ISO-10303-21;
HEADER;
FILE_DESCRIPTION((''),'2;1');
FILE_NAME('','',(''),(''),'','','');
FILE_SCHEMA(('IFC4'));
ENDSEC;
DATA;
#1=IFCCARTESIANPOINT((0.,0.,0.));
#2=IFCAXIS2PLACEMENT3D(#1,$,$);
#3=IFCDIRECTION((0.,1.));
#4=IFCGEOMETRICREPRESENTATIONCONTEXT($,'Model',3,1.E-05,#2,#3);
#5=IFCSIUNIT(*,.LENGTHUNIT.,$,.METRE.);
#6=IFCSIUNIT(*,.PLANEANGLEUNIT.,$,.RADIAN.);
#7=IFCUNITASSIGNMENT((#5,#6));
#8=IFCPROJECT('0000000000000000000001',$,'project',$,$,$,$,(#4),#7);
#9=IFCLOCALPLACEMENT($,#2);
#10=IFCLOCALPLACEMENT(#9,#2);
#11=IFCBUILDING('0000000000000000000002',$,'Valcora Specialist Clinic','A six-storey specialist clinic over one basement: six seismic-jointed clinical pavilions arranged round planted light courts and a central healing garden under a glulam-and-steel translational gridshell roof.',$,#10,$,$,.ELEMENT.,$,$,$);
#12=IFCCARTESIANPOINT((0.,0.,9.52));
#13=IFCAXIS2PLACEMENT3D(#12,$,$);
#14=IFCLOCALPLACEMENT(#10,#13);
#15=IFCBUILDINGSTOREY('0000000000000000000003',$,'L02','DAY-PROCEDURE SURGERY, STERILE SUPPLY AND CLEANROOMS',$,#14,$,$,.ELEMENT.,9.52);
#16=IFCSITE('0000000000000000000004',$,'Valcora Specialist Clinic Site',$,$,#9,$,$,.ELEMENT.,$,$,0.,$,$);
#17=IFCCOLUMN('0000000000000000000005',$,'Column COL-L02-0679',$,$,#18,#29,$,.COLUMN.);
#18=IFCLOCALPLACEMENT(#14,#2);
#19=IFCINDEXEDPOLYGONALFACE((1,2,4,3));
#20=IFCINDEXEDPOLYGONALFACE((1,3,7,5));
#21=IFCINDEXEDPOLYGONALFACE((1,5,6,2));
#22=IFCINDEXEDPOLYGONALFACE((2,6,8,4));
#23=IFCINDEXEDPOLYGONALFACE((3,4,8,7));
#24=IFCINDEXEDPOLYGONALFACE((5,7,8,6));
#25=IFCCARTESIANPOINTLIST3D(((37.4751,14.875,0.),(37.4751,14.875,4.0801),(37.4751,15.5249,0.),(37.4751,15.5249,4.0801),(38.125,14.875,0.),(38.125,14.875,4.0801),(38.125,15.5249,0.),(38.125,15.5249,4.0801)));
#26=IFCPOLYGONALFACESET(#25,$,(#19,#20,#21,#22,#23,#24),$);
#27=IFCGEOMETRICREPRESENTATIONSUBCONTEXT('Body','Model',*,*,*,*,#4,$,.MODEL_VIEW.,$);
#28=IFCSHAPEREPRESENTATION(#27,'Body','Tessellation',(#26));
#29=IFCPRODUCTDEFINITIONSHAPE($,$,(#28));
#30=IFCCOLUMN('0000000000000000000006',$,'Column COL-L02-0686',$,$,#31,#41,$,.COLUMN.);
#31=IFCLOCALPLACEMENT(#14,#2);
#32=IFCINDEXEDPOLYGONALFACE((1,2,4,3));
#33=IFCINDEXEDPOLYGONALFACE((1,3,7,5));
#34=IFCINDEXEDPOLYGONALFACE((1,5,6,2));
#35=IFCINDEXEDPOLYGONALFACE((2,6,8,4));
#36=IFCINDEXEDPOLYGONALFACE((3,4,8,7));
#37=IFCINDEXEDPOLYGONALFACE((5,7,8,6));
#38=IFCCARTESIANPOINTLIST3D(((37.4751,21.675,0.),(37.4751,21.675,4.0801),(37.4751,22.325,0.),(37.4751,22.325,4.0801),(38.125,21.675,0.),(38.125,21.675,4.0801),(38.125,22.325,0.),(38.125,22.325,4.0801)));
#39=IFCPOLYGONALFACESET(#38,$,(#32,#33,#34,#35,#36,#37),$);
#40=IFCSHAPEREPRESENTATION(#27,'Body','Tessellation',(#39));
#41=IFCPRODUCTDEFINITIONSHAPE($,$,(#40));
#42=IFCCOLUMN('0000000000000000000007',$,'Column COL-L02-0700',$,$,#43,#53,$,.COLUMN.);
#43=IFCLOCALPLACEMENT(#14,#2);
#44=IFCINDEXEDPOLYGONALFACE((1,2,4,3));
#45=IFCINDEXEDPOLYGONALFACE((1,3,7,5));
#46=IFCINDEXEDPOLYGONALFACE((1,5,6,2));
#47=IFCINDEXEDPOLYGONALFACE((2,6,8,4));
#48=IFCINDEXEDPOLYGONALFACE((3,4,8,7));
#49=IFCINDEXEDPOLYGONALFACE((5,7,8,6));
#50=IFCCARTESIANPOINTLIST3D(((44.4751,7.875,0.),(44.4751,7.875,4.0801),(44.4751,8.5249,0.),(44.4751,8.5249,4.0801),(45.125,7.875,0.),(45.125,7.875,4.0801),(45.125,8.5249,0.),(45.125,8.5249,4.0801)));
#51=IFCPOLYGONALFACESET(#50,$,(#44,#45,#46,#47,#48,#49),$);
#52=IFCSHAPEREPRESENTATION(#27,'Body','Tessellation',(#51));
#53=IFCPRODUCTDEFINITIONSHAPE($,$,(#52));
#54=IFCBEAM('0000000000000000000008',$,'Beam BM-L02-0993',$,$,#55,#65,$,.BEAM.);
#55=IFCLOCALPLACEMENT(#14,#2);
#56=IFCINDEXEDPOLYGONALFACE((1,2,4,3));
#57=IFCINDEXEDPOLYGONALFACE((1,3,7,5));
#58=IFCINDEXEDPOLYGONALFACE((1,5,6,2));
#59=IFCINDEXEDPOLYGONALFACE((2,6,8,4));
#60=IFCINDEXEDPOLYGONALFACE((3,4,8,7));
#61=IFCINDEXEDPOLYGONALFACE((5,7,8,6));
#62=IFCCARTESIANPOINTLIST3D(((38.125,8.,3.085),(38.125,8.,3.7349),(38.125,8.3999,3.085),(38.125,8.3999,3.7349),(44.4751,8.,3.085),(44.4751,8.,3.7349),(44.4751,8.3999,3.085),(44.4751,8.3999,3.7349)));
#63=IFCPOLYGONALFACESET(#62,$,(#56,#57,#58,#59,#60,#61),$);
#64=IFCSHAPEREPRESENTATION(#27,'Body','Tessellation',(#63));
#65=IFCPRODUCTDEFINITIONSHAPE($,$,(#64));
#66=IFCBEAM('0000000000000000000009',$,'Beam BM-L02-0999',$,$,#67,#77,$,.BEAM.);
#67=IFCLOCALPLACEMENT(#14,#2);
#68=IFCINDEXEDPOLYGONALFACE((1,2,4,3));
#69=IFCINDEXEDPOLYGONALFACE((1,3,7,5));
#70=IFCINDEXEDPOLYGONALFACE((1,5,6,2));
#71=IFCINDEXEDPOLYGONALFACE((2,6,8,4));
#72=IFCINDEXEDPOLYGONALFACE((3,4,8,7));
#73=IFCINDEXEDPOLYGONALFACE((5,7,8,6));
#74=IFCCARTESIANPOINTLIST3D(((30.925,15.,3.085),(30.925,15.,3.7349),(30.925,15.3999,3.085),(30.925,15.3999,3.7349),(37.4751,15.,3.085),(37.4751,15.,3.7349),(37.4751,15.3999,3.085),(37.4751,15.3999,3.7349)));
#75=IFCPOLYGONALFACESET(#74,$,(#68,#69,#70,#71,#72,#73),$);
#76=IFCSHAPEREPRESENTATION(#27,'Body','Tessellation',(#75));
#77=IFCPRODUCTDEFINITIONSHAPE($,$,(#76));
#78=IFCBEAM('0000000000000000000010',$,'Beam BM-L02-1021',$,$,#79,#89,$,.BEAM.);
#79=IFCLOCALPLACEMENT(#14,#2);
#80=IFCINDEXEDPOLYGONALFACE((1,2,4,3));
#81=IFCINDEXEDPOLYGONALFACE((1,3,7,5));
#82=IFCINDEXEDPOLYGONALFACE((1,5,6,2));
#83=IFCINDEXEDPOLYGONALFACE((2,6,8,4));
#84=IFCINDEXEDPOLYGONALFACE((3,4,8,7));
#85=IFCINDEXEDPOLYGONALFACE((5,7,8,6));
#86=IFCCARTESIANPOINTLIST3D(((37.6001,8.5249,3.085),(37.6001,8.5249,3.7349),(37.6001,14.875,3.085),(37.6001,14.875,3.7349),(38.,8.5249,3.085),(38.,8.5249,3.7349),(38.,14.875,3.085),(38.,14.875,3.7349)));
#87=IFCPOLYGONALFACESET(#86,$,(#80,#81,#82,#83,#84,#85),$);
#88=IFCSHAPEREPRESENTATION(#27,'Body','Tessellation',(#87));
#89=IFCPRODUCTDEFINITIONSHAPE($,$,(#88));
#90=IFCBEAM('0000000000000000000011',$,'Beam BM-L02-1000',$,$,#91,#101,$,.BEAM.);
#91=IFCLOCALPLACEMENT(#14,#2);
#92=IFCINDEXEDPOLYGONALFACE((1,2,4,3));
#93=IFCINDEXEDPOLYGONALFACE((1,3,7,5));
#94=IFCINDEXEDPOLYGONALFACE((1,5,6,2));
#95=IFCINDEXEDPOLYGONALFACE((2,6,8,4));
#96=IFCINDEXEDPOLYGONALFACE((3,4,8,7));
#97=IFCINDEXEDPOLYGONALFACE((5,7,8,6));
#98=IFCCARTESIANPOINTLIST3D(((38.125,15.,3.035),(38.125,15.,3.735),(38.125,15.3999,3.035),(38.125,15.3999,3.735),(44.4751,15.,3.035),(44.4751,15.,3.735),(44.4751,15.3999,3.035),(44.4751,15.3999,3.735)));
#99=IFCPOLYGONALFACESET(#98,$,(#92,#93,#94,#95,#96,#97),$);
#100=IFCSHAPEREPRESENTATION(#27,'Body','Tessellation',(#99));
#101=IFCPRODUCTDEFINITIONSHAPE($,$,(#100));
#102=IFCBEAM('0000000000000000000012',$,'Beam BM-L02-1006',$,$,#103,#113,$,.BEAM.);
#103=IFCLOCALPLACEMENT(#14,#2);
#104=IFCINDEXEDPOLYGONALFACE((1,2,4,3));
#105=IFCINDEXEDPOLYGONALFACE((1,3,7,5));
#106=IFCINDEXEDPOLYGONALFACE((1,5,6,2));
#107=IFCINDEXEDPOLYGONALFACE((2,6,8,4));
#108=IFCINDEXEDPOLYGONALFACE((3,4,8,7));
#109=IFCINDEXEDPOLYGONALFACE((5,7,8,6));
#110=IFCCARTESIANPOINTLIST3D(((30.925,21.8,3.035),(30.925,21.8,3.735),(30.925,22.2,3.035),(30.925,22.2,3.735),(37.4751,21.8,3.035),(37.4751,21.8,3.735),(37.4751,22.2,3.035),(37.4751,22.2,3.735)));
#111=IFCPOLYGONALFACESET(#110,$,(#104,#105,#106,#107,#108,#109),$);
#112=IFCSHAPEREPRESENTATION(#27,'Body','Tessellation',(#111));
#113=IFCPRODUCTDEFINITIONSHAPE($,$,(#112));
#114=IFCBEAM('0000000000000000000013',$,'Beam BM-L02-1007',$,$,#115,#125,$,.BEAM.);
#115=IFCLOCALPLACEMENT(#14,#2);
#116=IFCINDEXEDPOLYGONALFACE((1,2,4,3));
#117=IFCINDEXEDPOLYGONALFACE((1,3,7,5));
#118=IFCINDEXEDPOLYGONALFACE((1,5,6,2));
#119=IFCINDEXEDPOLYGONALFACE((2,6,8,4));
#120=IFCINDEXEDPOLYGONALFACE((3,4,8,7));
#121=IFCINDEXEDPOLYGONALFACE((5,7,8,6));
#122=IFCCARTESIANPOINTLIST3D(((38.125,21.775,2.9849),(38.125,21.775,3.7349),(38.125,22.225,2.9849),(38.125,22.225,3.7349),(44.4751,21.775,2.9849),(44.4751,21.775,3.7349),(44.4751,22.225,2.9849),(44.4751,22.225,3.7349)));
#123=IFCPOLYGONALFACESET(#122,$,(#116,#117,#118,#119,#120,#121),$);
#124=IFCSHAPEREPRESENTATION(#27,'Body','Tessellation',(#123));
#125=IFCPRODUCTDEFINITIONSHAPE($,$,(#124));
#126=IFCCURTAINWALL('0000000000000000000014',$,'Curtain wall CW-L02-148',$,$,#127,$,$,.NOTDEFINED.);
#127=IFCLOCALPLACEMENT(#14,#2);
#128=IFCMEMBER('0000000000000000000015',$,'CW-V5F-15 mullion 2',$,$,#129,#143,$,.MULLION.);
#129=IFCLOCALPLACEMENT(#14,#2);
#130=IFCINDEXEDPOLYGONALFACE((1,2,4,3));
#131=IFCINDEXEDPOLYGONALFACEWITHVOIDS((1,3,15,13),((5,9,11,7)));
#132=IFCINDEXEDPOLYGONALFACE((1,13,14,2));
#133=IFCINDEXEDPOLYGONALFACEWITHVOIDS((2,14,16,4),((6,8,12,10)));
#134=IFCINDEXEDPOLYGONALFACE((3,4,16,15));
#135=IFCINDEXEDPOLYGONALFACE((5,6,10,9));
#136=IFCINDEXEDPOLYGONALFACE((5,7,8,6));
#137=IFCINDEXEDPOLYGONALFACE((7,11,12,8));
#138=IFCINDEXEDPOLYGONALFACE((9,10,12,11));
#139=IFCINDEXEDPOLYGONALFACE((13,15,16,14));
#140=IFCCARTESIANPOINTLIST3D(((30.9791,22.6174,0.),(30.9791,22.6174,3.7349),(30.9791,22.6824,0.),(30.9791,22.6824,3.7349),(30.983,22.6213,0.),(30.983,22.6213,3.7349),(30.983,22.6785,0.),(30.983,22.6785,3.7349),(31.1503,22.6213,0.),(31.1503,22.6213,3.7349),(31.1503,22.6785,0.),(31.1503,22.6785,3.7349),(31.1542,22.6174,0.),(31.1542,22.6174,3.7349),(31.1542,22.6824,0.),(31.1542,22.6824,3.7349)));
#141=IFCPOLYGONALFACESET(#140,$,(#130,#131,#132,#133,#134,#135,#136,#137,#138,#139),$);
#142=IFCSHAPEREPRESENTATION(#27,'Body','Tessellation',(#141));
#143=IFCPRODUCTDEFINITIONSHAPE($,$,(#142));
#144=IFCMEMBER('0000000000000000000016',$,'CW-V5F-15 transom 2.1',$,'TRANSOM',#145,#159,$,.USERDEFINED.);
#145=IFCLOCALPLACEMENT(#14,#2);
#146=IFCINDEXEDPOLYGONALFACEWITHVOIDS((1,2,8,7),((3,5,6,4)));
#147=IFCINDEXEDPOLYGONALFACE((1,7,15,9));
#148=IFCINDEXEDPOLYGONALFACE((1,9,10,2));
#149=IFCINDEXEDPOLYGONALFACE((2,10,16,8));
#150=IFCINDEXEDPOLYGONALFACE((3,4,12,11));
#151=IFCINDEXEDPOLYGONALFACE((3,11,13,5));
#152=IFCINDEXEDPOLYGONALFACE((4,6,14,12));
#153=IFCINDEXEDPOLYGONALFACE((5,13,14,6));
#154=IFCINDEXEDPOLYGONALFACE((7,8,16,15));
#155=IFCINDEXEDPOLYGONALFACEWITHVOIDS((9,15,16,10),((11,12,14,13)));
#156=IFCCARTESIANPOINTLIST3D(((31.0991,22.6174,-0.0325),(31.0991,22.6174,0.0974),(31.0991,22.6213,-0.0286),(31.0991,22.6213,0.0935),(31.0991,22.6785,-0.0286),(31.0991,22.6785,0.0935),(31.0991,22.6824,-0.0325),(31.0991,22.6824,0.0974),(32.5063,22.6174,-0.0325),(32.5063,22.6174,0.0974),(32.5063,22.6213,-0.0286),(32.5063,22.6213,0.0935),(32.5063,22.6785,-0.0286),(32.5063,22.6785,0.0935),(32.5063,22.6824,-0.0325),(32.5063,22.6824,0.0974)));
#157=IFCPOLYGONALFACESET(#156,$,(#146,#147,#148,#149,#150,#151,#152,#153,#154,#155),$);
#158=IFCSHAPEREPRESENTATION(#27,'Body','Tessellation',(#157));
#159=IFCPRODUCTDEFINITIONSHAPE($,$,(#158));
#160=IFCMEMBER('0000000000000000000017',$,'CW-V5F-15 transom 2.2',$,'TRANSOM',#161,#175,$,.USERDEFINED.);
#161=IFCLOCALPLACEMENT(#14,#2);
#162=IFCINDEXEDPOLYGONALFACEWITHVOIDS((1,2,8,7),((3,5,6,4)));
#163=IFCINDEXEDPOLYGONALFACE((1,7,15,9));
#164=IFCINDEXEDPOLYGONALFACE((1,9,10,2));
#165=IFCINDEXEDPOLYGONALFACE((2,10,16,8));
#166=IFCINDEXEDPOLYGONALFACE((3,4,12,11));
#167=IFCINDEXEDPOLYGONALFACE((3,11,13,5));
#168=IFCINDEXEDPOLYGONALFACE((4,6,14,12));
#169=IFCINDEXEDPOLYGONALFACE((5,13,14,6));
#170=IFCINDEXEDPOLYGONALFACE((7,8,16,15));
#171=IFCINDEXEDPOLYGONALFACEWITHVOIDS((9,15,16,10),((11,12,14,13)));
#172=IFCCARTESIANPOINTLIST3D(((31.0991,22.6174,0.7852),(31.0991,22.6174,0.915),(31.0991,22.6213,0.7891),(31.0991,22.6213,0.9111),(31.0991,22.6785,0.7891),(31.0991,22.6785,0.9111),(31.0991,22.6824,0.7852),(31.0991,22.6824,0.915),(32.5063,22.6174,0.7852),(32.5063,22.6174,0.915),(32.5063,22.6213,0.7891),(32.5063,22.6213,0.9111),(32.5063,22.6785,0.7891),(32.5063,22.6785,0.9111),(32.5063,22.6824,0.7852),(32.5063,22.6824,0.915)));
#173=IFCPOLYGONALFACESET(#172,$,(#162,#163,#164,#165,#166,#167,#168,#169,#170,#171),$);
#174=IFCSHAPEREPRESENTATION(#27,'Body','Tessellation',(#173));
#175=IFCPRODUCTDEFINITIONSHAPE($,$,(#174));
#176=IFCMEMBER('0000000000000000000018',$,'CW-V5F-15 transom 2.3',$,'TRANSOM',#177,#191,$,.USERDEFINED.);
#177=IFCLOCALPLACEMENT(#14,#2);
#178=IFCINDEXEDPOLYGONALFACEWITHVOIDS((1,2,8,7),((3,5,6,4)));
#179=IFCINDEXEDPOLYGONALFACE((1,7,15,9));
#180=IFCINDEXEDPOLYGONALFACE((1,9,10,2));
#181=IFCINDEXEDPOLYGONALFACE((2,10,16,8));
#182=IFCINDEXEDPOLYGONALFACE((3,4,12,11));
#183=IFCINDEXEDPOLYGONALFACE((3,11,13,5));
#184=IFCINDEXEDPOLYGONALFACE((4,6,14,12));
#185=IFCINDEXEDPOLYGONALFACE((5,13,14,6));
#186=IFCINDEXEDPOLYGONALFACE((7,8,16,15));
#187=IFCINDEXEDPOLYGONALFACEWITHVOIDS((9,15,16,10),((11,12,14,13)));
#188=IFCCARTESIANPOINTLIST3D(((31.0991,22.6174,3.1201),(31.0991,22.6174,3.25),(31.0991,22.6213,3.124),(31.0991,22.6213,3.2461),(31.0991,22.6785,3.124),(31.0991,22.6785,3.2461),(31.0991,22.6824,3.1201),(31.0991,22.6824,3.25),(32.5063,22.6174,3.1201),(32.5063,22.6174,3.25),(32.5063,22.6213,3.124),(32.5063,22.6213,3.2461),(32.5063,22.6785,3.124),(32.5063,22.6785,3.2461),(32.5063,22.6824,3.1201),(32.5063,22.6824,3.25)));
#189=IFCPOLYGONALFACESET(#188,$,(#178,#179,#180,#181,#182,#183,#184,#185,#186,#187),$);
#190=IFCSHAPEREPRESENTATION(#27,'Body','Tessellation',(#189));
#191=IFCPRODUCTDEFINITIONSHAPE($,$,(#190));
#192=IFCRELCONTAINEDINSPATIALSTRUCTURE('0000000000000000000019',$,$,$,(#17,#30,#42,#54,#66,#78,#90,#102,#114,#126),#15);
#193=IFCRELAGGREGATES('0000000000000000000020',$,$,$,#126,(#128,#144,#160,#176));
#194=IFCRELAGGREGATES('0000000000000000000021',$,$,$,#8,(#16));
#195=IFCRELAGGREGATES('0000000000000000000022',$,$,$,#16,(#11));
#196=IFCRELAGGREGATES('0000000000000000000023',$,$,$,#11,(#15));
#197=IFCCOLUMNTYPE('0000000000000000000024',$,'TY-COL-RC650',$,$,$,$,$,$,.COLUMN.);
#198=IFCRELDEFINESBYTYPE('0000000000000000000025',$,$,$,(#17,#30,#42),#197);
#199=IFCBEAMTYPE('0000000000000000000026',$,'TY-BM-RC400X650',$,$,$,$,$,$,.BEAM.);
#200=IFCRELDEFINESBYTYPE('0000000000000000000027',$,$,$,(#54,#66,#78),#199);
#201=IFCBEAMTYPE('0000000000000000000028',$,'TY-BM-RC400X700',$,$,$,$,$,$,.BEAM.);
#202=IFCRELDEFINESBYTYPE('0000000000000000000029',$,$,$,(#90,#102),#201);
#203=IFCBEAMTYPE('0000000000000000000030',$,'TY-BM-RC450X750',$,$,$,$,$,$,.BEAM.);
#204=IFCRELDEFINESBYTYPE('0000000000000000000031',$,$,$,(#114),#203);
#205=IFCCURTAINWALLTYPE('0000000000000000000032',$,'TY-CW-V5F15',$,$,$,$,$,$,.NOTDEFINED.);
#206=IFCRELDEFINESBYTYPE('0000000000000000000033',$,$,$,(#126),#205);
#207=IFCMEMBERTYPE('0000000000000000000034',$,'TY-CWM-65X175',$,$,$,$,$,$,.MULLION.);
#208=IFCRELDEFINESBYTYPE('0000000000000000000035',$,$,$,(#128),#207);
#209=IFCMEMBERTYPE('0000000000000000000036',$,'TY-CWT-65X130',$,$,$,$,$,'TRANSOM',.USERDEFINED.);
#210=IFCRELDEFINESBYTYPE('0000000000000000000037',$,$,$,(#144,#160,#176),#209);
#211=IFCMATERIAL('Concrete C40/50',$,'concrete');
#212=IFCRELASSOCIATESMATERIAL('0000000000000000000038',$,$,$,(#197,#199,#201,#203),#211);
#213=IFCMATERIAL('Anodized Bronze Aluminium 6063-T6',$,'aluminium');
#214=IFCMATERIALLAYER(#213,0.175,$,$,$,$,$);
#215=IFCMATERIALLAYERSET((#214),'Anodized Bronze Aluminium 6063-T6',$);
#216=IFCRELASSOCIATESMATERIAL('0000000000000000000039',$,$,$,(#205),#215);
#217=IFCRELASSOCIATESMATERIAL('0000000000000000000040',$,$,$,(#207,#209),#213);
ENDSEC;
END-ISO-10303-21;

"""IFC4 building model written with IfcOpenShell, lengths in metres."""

from ifc_helpers import new_model, si_unit, direction, frame, origin, origin_2d, place, context, subcontext, project, spatial, rectangle, hollow_rectangle, extrude, material, layer, layer_set, material_profile, profile_set, type_object, element, aggregate, save


model = new_model("IFC4")

# Units and contexts
model_context = context("Model", 3, precision=1e-05, world=origin(), true_north=direction((0.0, 1.0)))
body_context = subcontext(model_context, "Body", "Model", "MODEL_VIEW")
ifc_project = project(units=[si_unit("LENGTHUNIT", "METRE"), si_unit("PLANEANGLEUNIT", "RADIAN")], contexts=[model_context])

# Site, building, storey
site_placement = place(None, origin())
site = spatial("IfcSite", under=ifc_project, at=site_placement, Name="Valcora Specialist Clinic Site", CompositionType="ELEMENT", RefElevation=0.0)
building_placement = place(site_placement, origin())
building = spatial("IfcBuilding", under=site, at=building_placement, Name="Valcora Specialist Clinic", Description="A six-storey specialist clinic over one basement: six seismic-jointed clinical pavilions arranged round planted light courts and a central healing garden under a glulam-and-steel translational gridshell roof.", CompositionType="ELEMENT")
storey_placement = place(building_placement, frame((0.0, 0.0, 9.52)))
storey = spatial("IfcBuildingStorey", under=building, at=storey_placement, Name="L02", Description="DAY-PROCEDURE SURGERY, STERILE SUPPLY AND CLEANROOMS", CompositionType="ELEMENT", Elevation=9.52)

# Columns
ifc_material_1 = material(Name="Concrete C40/50", Category="concrete")
ifc_material_profile_1 = material_profile(ifc_material_1, rectangle(XDim=0.6499, YDim=0.6499, at=origin_2d()), Name="RC-COL-650X650")
ifc_profile_set_1 = profile_set([ifc_material_profile_1], Name="Concrete C40/50")
column_type = type_object("IfcColumnType", Name="TY-COL-RC650", PredefinedType="COLUMN", material=ifc_profile_set_1)
for number, where, z_axis, x_axis, name in (
    (1, (37.8, 15.2, 0.0), (0.0, 0.0, 1.0), (1.0, 0.0, 0.0), "Column COL-L02-0679"),
    (2, (37.8, 22.0, 0.0), (0.0, 0.0, 1.0), (1.0, 0.0, 0.0), "Column COL-L02-0686"),
    (3, (44.8, 8.2, 0.0), (0.0, 0.0, 1.0), (1.0, 0.0, 0.0), "Column COL-L02-0700"),
):
    element("IfcColumn", number, at=place(storey_placement, frame(where, z_axis=z_axis, x_axis=x_axis)), inside=storey, type_object=column_type, Name=name, PredefinedType="COLUMN", context=body_context, shape_type="SweptSolid", body=[
        extrude(rectangle(XDim=0.6499, YDim=0.6499, at=origin_2d()), origin(), (0.0, 0.0, 1.0), 4.0801),
    ])

# Beams
ifc_material_profile_2 = material_profile(ifc_material_1, rectangle(XDim=0.3999, YDim=0.6499, at=origin_2d()), Name="RC-BM-400X650")
ifc_profile_set_2 = profile_set([ifc_material_profile_2], Name="Concrete C40/50")
beam_type_1 = type_object("IfcBeamType", Name="TY-BM-RC400X650", PredefinedType="BEAM", material=ifc_profile_set_2)
beam_1_placement = place(storey_placement, frame((38.125, 8.2, 3.4099), z_axis=(1.0, 0.0, 0.0), x_axis=(0.0, 1.0, 0.0)))
element("IfcBeam", 4, at=beam_1_placement, inside=storey, type_object=beam_type_1, Name="Beam BM-L02-0993", PredefinedType="BEAM", context=body_context, shape_type="SweptSolid", body=[
    extrude(rectangle(XDim=0.3999, YDim=0.6499, at=origin_2d()), origin(), (0.0, 0.0, 1.0), 6.3501),
])
beam_2_placement = place(storey_placement, frame((30.925, 15.2, 3.4099), z_axis=(1.0, 0.0, 0.0), x_axis=(0.0, 1.0, 0.0)))
element("IfcBeam", 5, at=beam_2_placement, inside=storey, type_object=beam_type_1, Name="Beam BM-L02-0999", PredefinedType="BEAM", context=body_context, shape_type="SweptSolid", body=[
    extrude(rectangle(XDim=0.3999, YDim=0.6499, at=origin_2d()), origin(), (0.0, 0.0, 1.0), 6.55),
])
beam_3_placement = place(storey_placement, frame((37.8, 8.5249, 3.4099), z_axis=(0.0, 1.0, 0.0), x_axis=(-1.0, 0.0, 0.0)))
element("IfcBeam", 6, at=beam_3_placement, inside=storey, type_object=beam_type_1, Name="Beam BM-L02-1021", PredefinedType="BEAM", context=body_context, shape_type="SweptSolid", body=[
    extrude(rectangle(XDim=0.3999, YDim=0.6499, at=origin_2d()), origin(), (0.0, 0.0, 1.0), 6.3501),
])
ifc_material_profile_3 = material_profile(ifc_material_1, rectangle(XDim=0.3999, YDim=0.7, at=origin_2d()), Name="RC-BM-400X700")
ifc_profile_set_3 = profile_set([ifc_material_profile_3], Name="Concrete C40/50")
beam_type_2 = type_object("IfcBeamType", Name="TY-BM-RC400X700", PredefinedType="BEAM", material=ifc_profile_set_3)
beam_4_placement = place(storey_placement, frame((38.125, 15.2, 3.385), z_axis=(1.0, 0.0, 0.0), x_axis=(0.0, 1.0, 0.0)))
element("IfcBeam", 7, at=beam_4_placement, inside=storey, type_object=beam_type_2, Name="Beam BM-L02-1000", PredefinedType="BEAM", context=body_context, shape_type="SweptSolid", body=[
    extrude(rectangle(XDim=0.3999, YDim=0.7, at=origin_2d()), origin(), (0.0, 0.0, 1.0), 6.3501),
])
beam_5_placement = place(storey_placement, frame((30.925, 22.0, 3.385), z_axis=(1.0, 0.0, 0.0), x_axis=(0.0, 1.0, 0.0)))
element("IfcBeam", 8, at=beam_5_placement, inside=storey, type_object=beam_type_2, Name="Beam BM-L02-1006", PredefinedType="BEAM", context=body_context, shape_type="SweptSolid", body=[
    extrude(rectangle(XDim=0.3999, YDim=0.7, at=origin_2d()), origin(), (0.0, 0.0, 1.0), 6.55),
])
ifc_material_profile_4 = material_profile(ifc_material_1, rectangle(XDim=0.45, YDim=0.75, at=origin_2d()), Name="RC-BM-450X750")
ifc_profile_set_4 = profile_set([ifc_material_profile_4], Name="Concrete C40/50")
beam_type_3 = type_object("IfcBeamType", Name="TY-BM-RC450X750", PredefinedType="BEAM", material=ifc_profile_set_4)
beam_6_placement = place(storey_placement, frame((38.125, 22.0, 3.3599), z_axis=(1.0, 0.0, 0.0), x_axis=(0.0, 1.0, 0.0)))
element("IfcBeam", 9, at=beam_6_placement, inside=storey, type_object=beam_type_3, Name="Beam BM-L02-1007", PredefinedType="BEAM", context=body_context, shape_type="SweptSolid", body=[
    extrude(rectangle(XDim=0.45, YDim=0.75, at=origin_2d()), origin(), (0.0, 0.0, 1.0), 6.3501),
])

# Curtain wall, members
ifc_material_2 = material(Name="Anodized Bronze Aluminium 6063-T6", Category="aluminium")
ifc_layer_1 = layer(ifc_material_2, 0.175)
ifc_layer_set_1 = layer_set([ifc_layer_1], Name="Anodized Bronze Aluminium 6063-T6")
curtain_wall_type = type_object("IfcCurtainWallType", Name="TY-CW-V5F15", PredefinedType="NOTDEFINED", material=ifc_layer_set_1)
curtain_wall_placement = place(storey_placement, origin())
curtain_wall = element("IfcCurtainWall", 10, at=curtain_wall_placement, inside=storey, type_object=curtain_wall_type, Name="Curtain wall CW-L02-148", PredefinedType="NOTDEFINED")
ifc_material_profile_5 = material_profile(ifc_material_2, hollow_rectangle(XDim=0.0649, YDim=0.175, WallThickness=0.0039, at=origin_2d()), Name="AL-MUL-65X175")
ifc_profile_set_5 = profile_set([ifc_material_profile_5], Name="Anodized Bronze Aluminium 6063-T6")
member_type_1 = type_object("IfcMemberType", Name="TY-CWM-65X175", PredefinedType="MULLION", material=ifc_profile_set_5)
member_1_placement = place(storey_placement, frame((31.0667, 22.6499, 0.0), z_axis=(0.0, 0.0, 1.0), x_axis=(0.0, 1.0, 0.0)))
member_1 = element("IfcMember", 11, at=member_1_placement, type_object=member_type_1, Name="CW-V5F-15 mullion 2", PredefinedType="MULLION", context=body_context, shape_type="SweptSolid", body=[
    extrude(hollow_rectangle(XDim=0.0649, YDim=0.175, WallThickness=0.0039, at=origin_2d()), origin(), (0.0, 0.0, 1.0), 3.7349),
])
ifc_material_profile_6 = material_profile(ifc_material_2, hollow_rectangle(XDim=0.0649, YDim=0.1299, WallThickness=0.0039, at=origin_2d()), Name="AL-TRN-65X130")
ifc_profile_set_6 = profile_set([ifc_material_profile_6], Name="Anodized Bronze Aluminium 6063-T6")
member_type_2 = type_object("IfcMemberType", Name="TY-CWT-65X130", ElementType="TRANSOM", PredefinedType="USERDEFINED", material=ifc_profile_set_6)
member_2_placement = place(storey_placement, frame((31.0991, 22.6499, 0.0325), z_axis=(1.0, 0.0, 0.0), x_axis=(0.0, 1.0, 0.0)))
member_2 = element("IfcMember", 12, at=member_2_placement, type_object=member_type_2, Name="CW-V5F-15 transom 2.1", ObjectType="TRANSOM", PredefinedType="USERDEFINED", context=body_context, shape_type="SweptSolid", body=[
    extrude(hollow_rectangle(XDim=0.0649, YDim=0.1299, WallThickness=0.0039, at=origin_2d()), origin(), (0.0, 0.0, 1.0), 1.4072),
])
member_3_placement = place(storey_placement, frame((31.0991, 22.6499, 0.8501), z_axis=(1.0, 0.0, 0.0), x_axis=(0.0, 1.0, 0.0)))
member_3 = element("IfcMember", 13, at=member_3_placement, type_object=member_type_2, Name="CW-V5F-15 transom 2.2", ObjectType="TRANSOM", PredefinedType="USERDEFINED", context=body_context, shape_type="SweptSolid", body=[
    extrude(hollow_rectangle(XDim=0.0649, YDim=0.1299, WallThickness=0.0039, at=origin_2d()), origin(), (0.0, 0.0, 1.0), 1.4072),
])
member_4_placement = place(storey_placement, frame((31.0991, 22.6499, 3.1851), z_axis=(1.0, 0.0, 0.0), x_axis=(0.0, 1.0, 0.0)))
member_4 = element("IfcMember", 14, at=member_4_placement, type_object=member_type_2, Name="CW-V5F-15 transom 2.3", ObjectType="TRANSOM", PredefinedType="USERDEFINED", context=body_context, shape_type="SweptSolid", body=[
    extrude(hollow_rectangle(XDim=0.0649, YDim=0.1299, WallThickness=0.0039, at=origin_2d()), origin(), (0.0, 0.0, 1.0), 1.4072),
])
aggregate(curtain_wall, [member_1, member_2, member_3, member_4])

save(model, "model.ifc")
